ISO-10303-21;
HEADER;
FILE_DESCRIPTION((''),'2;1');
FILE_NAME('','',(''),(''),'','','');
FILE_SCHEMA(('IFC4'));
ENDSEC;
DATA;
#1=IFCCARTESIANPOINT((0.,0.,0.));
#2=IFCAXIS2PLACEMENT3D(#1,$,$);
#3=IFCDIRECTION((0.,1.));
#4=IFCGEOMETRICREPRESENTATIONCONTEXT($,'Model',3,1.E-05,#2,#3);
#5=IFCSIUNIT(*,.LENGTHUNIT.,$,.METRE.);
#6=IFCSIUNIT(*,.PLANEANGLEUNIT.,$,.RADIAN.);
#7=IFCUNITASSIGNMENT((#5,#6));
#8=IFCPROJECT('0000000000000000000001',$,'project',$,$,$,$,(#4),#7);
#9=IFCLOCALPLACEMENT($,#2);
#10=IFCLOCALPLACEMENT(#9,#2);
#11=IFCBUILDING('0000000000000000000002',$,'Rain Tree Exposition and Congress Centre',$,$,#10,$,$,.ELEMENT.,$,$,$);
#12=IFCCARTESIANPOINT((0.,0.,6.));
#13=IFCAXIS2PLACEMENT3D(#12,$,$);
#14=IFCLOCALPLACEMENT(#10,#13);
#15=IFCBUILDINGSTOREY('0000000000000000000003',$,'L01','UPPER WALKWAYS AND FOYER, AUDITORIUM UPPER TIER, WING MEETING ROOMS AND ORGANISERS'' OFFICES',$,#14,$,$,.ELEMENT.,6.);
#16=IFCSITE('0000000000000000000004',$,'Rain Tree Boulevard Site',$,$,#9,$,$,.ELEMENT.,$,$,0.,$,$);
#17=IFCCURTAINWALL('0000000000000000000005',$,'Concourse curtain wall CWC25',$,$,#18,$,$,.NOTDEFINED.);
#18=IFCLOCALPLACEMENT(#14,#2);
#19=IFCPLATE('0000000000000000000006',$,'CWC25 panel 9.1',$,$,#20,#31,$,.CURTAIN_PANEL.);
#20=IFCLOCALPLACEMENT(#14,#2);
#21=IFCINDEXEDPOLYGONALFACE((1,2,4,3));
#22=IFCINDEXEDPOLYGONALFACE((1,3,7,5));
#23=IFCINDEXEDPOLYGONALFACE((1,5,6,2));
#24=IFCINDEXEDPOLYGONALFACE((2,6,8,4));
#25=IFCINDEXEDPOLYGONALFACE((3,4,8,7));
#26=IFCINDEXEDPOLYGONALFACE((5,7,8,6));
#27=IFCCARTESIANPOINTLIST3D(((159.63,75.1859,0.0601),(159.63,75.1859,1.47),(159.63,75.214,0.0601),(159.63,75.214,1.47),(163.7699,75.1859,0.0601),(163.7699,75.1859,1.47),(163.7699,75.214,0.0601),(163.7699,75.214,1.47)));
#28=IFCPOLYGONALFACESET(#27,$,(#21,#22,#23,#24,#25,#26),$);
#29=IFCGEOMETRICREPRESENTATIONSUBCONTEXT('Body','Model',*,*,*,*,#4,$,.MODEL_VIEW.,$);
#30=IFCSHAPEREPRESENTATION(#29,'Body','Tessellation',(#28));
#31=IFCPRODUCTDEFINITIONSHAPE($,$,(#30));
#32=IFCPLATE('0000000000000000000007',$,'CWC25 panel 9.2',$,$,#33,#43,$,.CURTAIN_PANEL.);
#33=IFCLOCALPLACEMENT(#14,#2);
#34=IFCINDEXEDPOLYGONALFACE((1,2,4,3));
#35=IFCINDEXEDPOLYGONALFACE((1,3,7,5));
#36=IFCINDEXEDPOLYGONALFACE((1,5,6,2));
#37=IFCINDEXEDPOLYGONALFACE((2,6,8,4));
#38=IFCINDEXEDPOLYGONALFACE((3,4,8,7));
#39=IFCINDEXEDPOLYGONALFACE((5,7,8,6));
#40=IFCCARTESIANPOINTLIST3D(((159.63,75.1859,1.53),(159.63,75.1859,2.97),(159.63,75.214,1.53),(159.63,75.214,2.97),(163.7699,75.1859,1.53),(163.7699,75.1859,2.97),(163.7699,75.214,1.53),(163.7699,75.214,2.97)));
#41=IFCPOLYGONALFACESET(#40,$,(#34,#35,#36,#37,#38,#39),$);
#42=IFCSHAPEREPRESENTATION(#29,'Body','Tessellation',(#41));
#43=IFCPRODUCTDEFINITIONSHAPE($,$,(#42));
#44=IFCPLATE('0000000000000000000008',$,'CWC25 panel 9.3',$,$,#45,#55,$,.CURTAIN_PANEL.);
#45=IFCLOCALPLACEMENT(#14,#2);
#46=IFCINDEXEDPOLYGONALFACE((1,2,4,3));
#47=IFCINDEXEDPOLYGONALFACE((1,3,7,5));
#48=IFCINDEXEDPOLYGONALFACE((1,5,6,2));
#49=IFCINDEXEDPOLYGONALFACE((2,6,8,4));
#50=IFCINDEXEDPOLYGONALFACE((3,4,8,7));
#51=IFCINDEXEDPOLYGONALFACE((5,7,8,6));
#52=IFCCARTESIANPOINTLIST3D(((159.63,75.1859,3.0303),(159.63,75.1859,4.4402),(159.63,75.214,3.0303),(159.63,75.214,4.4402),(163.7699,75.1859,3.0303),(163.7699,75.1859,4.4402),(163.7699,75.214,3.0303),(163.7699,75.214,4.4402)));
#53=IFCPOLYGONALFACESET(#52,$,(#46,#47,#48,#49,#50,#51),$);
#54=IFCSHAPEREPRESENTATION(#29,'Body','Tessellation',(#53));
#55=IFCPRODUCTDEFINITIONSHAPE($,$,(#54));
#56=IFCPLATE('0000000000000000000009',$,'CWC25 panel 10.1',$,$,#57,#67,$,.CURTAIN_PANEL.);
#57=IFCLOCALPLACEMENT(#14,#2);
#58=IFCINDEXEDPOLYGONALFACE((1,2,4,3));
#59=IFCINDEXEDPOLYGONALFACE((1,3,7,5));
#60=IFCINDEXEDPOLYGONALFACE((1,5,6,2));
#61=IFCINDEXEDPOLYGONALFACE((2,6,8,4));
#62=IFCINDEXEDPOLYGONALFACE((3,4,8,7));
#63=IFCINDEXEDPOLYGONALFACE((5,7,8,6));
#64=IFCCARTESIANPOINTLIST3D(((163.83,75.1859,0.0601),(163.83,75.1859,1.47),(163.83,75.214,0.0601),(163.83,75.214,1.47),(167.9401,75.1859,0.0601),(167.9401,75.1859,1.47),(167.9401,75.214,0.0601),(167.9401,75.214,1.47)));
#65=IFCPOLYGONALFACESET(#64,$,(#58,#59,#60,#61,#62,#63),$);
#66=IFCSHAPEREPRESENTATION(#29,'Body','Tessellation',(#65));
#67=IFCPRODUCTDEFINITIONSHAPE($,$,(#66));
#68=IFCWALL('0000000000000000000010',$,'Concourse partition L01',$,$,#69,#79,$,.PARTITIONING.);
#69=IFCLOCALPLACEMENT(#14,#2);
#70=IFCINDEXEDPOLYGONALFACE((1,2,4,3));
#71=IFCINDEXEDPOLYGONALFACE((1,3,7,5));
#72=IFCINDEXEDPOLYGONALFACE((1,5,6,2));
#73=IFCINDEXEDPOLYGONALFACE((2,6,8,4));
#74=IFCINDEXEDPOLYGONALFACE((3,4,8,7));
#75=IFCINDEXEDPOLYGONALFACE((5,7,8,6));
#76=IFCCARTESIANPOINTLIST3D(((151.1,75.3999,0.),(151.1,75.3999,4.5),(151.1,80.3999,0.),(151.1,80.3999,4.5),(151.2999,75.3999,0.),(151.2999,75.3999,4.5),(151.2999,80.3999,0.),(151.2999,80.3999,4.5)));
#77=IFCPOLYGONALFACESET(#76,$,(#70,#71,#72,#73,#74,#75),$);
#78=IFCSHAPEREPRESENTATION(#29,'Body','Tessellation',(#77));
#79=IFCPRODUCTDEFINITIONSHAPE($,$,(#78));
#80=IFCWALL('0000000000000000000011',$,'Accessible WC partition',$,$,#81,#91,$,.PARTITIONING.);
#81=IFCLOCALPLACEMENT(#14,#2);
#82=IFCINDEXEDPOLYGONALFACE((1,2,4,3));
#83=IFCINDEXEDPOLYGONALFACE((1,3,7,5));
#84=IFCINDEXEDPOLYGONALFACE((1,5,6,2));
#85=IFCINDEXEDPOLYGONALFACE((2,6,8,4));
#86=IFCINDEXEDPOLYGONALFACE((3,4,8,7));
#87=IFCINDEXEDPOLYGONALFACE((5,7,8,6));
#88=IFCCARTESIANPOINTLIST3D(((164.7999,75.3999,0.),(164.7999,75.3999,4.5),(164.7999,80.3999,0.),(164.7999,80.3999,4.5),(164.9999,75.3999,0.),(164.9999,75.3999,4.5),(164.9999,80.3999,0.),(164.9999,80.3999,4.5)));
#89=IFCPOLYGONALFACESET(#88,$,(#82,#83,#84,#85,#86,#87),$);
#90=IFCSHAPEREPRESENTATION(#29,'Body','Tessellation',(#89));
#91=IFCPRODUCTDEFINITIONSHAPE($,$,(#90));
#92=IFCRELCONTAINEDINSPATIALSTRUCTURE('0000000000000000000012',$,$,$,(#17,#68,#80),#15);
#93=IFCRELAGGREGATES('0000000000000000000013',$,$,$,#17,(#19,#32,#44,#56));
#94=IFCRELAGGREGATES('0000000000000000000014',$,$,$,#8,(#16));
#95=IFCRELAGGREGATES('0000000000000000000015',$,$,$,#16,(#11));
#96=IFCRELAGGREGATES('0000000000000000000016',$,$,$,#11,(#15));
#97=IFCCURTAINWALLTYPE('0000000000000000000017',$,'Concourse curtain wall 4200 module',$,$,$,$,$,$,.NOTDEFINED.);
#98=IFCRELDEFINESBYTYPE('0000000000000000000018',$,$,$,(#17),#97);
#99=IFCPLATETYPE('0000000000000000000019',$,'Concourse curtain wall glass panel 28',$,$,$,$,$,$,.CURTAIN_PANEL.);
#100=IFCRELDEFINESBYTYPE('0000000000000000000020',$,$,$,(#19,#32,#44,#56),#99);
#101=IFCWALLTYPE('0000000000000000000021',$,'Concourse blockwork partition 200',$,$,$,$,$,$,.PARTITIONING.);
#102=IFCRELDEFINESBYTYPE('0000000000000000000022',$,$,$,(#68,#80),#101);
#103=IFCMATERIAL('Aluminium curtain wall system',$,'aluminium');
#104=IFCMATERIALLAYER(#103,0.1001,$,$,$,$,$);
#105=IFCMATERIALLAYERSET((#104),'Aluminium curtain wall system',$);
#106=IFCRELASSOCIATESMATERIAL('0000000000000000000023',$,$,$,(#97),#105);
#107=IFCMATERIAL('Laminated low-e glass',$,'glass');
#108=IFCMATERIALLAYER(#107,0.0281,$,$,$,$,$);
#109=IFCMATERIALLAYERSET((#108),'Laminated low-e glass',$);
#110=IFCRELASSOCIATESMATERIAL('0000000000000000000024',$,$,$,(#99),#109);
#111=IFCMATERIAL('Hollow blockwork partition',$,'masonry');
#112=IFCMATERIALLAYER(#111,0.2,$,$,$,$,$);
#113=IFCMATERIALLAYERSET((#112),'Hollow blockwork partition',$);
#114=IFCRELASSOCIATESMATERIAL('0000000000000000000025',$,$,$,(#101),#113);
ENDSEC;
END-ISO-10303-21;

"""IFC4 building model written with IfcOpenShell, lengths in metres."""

from ifc_helpers import new_model, si_unit, direction, frame, frame_2d, origin, origin_2d, place, context, subcontext, project, spatial, rectangle, extrude, material, layer, layer_set, type_object, element, aggregate, save


model = new_model("IFC4")

# Units and contexts
model_context = context("Model", 3, precision=1e-05, world=origin(), true_north=direction((0.0, 1.0)))
body_context = subcontext(model_context, "Body", "Model", "MODEL_VIEW")
ifc_project = project(units=[si_unit("LENGTHUNIT", "METRE"), si_unit("PLANEANGLEUNIT", "RADIAN")], contexts=[model_context])

# Site, building, storey
site_placement = place(None, origin())
site = spatial("IfcSite", under=ifc_project, at=site_placement, Name="Rain Tree Boulevard Site", CompositionType="ELEMENT", RefElevation=0.0)
building_placement = place(site_placement, origin())
building = spatial("IfcBuilding", under=site, at=building_placement, Name="Rain Tree Exposition and Congress Centre", CompositionType="ELEMENT")
storey_placement = place(building_placement, frame((0.0, 0.0, 6.0)))
storey = spatial("IfcBuildingStorey", under=building, at=storey_placement, Name="L01", Description="UPPER WALKWAYS AND FOYER, AUDITORIUM UPPER TIER, WING MEETING ROOMS AND ORGANISERS' OFFICES", CompositionType="ELEMENT", Elevation=6.0)

# Curtain wall
ifc_material_1 = material(Name="Aluminium curtain wall system", Category="aluminium")
ifc_layer_1 = layer(ifc_material_1, 0.1001)
ifc_layer_set_1 = layer_set([ifc_layer_1], Name="Aluminium curtain wall system")
curtain_wall_type = type_object("IfcCurtainWallType", Name="Concourse curtain wall 4200 module", PredefinedType="NOTDEFINED", material=ifc_layer_set_1)
curtain_wall_placement = place(storey_placement, origin())
curtain_wall = element("IfcCurtainWall", 1, at=curtain_wall_placement, inside=storey, type_object=curtain_wall_type, Name="Concourse curtain wall CWC25", PredefinedType="NOTDEFINED")

# Plates
ifc_material_2 = material(Name="Laminated low-e glass", Category="glass")
ifc_layer_2 = layer(ifc_material_2, 0.0281)
ifc_layer_set_2 = layer_set([ifc_layer_2], Name="Laminated low-e glass")
plate_type = type_object("IfcPlateType", Name="Concourse curtain wall glass panel 28", PredefinedType="CURTAIN_PANEL", material=ifc_layer_set_2)
plate_1_placement = place(storey_placement, frame((161.7, 75.2, 0.0601), z_axis=(0.0, 0.0, 1.0), x_axis=(1.0, 0.0, 0.0)))
plate_1 = element("IfcPlate", 2, at=plate_1_placement, type_object=plate_type, Name="CWC25 panel 9.1", PredefinedType="CURTAIN_PANEL", context=body_context, shape_type="SweptSolid", body=[
    extrude(rectangle(XDim=4.1399, YDim=0.0281, at=origin_2d()), origin(), (0.0, 0.0, 1.0), 1.4099),
])
plate_2_placement = place(storey_placement, frame((161.7, 75.2, 1.53), z_axis=(0.0, 0.0, 1.0), x_axis=(1.0, 0.0, 0.0)))
plate_2 = element("IfcPlate", 3, at=plate_2_placement, type_object=plate_type, Name="CWC25 panel 9.2", PredefinedType="CURTAIN_PANEL", context=body_context, shape_type="SweptSolid", body=[
    extrude(rectangle(XDim=4.1399, YDim=0.0281, at=origin_2d()), origin(), (0.0, 0.0, 1.0), 1.4399),
])
plate_3_placement = place(storey_placement, frame((161.7, 75.2, 3.0303), z_axis=(0.0, 0.0, 1.0), x_axis=(1.0, 0.0, 0.0)))
plate_3 = element("IfcPlate", 4, at=plate_3_placement, type_object=plate_type, Name="CWC25 panel 9.3", PredefinedType="CURTAIN_PANEL", context=body_context, shape_type="SweptSolid", body=[
    extrude(rectangle(XDim=4.1399, YDim=0.0281, at=origin_2d()), origin(), (0.0, 0.0, 1.0), 1.4099),
])
plate_4_placement = place(storey_placement, frame((165.885, 75.2, 0.0601), z_axis=(0.0, 0.0, 1.0), x_axis=(1.0, 0.0, 0.0)))
plate_4 = element("IfcPlate", 5, at=plate_4_placement, type_object=plate_type, Name="CWC25 panel 10.1", PredefinedType="CURTAIN_PANEL", context=body_context, shape_type="SweptSolid", body=[
    extrude(rectangle(XDim=4.1101, YDim=0.0281, at=origin_2d()), origin(), (0.0, 0.0, 1.0), 1.4099),
])
aggregate(curtain_wall, [plate_1, plate_2, plate_3, plate_4])

# Wall
ifc_material_3 = material(Name="Hollow blockwork partition", Category="masonry")
ifc_layer_3 = layer(ifc_material_3, 0.2)
ifc_layer_set_3 = layer_set([ifc_layer_3], Name="Hollow blockwork partition")
wall_type = type_object("IfcWallType", Name="Concourse blockwork partition 200", PredefinedType="PARTITIONING", material=ifc_layer_set_3)
wall_1_placement = place(storey_placement, frame((151.2, 75.3999, 0.0), z_axis=(0.0, 0.0, 1.0), x_axis=(0.0, 1.0, 0.0)))
element("IfcWall", 6, at=wall_1_placement, inside=storey, type_object=wall_type, Name="Concourse partition L01", PredefinedType="PARTITIONING", context=body_context, shape_type="SweptSolid", body=[
    extrude(rectangle(XDim=5.0, YDim=0.2, at=frame_2d((2.5, 0.0))), origin(), (0.0, 0.0, 1.0), 4.5),
])

# Wall
wall_2_placement = place(storey_placement, frame((164.8999, 75.3999, 0.0), z_axis=(0.0, 0.0, 1.0), x_axis=(0.0, 1.0, 0.0)))
element("IfcWall", 7, at=wall_2_placement, inside=storey, type_object=wall_type, Name="Accessible WC partition", PredefinedType="PARTITIONING", context=body_context, shape_type="SweptSolid", body=[
    extrude(rectangle(XDim=5.0, YDim=0.2, at=frame_2d((2.5, 0.0))), origin(), (0.0, 0.0, 1.0), 4.5),
])

save(model, "model.ifc")
